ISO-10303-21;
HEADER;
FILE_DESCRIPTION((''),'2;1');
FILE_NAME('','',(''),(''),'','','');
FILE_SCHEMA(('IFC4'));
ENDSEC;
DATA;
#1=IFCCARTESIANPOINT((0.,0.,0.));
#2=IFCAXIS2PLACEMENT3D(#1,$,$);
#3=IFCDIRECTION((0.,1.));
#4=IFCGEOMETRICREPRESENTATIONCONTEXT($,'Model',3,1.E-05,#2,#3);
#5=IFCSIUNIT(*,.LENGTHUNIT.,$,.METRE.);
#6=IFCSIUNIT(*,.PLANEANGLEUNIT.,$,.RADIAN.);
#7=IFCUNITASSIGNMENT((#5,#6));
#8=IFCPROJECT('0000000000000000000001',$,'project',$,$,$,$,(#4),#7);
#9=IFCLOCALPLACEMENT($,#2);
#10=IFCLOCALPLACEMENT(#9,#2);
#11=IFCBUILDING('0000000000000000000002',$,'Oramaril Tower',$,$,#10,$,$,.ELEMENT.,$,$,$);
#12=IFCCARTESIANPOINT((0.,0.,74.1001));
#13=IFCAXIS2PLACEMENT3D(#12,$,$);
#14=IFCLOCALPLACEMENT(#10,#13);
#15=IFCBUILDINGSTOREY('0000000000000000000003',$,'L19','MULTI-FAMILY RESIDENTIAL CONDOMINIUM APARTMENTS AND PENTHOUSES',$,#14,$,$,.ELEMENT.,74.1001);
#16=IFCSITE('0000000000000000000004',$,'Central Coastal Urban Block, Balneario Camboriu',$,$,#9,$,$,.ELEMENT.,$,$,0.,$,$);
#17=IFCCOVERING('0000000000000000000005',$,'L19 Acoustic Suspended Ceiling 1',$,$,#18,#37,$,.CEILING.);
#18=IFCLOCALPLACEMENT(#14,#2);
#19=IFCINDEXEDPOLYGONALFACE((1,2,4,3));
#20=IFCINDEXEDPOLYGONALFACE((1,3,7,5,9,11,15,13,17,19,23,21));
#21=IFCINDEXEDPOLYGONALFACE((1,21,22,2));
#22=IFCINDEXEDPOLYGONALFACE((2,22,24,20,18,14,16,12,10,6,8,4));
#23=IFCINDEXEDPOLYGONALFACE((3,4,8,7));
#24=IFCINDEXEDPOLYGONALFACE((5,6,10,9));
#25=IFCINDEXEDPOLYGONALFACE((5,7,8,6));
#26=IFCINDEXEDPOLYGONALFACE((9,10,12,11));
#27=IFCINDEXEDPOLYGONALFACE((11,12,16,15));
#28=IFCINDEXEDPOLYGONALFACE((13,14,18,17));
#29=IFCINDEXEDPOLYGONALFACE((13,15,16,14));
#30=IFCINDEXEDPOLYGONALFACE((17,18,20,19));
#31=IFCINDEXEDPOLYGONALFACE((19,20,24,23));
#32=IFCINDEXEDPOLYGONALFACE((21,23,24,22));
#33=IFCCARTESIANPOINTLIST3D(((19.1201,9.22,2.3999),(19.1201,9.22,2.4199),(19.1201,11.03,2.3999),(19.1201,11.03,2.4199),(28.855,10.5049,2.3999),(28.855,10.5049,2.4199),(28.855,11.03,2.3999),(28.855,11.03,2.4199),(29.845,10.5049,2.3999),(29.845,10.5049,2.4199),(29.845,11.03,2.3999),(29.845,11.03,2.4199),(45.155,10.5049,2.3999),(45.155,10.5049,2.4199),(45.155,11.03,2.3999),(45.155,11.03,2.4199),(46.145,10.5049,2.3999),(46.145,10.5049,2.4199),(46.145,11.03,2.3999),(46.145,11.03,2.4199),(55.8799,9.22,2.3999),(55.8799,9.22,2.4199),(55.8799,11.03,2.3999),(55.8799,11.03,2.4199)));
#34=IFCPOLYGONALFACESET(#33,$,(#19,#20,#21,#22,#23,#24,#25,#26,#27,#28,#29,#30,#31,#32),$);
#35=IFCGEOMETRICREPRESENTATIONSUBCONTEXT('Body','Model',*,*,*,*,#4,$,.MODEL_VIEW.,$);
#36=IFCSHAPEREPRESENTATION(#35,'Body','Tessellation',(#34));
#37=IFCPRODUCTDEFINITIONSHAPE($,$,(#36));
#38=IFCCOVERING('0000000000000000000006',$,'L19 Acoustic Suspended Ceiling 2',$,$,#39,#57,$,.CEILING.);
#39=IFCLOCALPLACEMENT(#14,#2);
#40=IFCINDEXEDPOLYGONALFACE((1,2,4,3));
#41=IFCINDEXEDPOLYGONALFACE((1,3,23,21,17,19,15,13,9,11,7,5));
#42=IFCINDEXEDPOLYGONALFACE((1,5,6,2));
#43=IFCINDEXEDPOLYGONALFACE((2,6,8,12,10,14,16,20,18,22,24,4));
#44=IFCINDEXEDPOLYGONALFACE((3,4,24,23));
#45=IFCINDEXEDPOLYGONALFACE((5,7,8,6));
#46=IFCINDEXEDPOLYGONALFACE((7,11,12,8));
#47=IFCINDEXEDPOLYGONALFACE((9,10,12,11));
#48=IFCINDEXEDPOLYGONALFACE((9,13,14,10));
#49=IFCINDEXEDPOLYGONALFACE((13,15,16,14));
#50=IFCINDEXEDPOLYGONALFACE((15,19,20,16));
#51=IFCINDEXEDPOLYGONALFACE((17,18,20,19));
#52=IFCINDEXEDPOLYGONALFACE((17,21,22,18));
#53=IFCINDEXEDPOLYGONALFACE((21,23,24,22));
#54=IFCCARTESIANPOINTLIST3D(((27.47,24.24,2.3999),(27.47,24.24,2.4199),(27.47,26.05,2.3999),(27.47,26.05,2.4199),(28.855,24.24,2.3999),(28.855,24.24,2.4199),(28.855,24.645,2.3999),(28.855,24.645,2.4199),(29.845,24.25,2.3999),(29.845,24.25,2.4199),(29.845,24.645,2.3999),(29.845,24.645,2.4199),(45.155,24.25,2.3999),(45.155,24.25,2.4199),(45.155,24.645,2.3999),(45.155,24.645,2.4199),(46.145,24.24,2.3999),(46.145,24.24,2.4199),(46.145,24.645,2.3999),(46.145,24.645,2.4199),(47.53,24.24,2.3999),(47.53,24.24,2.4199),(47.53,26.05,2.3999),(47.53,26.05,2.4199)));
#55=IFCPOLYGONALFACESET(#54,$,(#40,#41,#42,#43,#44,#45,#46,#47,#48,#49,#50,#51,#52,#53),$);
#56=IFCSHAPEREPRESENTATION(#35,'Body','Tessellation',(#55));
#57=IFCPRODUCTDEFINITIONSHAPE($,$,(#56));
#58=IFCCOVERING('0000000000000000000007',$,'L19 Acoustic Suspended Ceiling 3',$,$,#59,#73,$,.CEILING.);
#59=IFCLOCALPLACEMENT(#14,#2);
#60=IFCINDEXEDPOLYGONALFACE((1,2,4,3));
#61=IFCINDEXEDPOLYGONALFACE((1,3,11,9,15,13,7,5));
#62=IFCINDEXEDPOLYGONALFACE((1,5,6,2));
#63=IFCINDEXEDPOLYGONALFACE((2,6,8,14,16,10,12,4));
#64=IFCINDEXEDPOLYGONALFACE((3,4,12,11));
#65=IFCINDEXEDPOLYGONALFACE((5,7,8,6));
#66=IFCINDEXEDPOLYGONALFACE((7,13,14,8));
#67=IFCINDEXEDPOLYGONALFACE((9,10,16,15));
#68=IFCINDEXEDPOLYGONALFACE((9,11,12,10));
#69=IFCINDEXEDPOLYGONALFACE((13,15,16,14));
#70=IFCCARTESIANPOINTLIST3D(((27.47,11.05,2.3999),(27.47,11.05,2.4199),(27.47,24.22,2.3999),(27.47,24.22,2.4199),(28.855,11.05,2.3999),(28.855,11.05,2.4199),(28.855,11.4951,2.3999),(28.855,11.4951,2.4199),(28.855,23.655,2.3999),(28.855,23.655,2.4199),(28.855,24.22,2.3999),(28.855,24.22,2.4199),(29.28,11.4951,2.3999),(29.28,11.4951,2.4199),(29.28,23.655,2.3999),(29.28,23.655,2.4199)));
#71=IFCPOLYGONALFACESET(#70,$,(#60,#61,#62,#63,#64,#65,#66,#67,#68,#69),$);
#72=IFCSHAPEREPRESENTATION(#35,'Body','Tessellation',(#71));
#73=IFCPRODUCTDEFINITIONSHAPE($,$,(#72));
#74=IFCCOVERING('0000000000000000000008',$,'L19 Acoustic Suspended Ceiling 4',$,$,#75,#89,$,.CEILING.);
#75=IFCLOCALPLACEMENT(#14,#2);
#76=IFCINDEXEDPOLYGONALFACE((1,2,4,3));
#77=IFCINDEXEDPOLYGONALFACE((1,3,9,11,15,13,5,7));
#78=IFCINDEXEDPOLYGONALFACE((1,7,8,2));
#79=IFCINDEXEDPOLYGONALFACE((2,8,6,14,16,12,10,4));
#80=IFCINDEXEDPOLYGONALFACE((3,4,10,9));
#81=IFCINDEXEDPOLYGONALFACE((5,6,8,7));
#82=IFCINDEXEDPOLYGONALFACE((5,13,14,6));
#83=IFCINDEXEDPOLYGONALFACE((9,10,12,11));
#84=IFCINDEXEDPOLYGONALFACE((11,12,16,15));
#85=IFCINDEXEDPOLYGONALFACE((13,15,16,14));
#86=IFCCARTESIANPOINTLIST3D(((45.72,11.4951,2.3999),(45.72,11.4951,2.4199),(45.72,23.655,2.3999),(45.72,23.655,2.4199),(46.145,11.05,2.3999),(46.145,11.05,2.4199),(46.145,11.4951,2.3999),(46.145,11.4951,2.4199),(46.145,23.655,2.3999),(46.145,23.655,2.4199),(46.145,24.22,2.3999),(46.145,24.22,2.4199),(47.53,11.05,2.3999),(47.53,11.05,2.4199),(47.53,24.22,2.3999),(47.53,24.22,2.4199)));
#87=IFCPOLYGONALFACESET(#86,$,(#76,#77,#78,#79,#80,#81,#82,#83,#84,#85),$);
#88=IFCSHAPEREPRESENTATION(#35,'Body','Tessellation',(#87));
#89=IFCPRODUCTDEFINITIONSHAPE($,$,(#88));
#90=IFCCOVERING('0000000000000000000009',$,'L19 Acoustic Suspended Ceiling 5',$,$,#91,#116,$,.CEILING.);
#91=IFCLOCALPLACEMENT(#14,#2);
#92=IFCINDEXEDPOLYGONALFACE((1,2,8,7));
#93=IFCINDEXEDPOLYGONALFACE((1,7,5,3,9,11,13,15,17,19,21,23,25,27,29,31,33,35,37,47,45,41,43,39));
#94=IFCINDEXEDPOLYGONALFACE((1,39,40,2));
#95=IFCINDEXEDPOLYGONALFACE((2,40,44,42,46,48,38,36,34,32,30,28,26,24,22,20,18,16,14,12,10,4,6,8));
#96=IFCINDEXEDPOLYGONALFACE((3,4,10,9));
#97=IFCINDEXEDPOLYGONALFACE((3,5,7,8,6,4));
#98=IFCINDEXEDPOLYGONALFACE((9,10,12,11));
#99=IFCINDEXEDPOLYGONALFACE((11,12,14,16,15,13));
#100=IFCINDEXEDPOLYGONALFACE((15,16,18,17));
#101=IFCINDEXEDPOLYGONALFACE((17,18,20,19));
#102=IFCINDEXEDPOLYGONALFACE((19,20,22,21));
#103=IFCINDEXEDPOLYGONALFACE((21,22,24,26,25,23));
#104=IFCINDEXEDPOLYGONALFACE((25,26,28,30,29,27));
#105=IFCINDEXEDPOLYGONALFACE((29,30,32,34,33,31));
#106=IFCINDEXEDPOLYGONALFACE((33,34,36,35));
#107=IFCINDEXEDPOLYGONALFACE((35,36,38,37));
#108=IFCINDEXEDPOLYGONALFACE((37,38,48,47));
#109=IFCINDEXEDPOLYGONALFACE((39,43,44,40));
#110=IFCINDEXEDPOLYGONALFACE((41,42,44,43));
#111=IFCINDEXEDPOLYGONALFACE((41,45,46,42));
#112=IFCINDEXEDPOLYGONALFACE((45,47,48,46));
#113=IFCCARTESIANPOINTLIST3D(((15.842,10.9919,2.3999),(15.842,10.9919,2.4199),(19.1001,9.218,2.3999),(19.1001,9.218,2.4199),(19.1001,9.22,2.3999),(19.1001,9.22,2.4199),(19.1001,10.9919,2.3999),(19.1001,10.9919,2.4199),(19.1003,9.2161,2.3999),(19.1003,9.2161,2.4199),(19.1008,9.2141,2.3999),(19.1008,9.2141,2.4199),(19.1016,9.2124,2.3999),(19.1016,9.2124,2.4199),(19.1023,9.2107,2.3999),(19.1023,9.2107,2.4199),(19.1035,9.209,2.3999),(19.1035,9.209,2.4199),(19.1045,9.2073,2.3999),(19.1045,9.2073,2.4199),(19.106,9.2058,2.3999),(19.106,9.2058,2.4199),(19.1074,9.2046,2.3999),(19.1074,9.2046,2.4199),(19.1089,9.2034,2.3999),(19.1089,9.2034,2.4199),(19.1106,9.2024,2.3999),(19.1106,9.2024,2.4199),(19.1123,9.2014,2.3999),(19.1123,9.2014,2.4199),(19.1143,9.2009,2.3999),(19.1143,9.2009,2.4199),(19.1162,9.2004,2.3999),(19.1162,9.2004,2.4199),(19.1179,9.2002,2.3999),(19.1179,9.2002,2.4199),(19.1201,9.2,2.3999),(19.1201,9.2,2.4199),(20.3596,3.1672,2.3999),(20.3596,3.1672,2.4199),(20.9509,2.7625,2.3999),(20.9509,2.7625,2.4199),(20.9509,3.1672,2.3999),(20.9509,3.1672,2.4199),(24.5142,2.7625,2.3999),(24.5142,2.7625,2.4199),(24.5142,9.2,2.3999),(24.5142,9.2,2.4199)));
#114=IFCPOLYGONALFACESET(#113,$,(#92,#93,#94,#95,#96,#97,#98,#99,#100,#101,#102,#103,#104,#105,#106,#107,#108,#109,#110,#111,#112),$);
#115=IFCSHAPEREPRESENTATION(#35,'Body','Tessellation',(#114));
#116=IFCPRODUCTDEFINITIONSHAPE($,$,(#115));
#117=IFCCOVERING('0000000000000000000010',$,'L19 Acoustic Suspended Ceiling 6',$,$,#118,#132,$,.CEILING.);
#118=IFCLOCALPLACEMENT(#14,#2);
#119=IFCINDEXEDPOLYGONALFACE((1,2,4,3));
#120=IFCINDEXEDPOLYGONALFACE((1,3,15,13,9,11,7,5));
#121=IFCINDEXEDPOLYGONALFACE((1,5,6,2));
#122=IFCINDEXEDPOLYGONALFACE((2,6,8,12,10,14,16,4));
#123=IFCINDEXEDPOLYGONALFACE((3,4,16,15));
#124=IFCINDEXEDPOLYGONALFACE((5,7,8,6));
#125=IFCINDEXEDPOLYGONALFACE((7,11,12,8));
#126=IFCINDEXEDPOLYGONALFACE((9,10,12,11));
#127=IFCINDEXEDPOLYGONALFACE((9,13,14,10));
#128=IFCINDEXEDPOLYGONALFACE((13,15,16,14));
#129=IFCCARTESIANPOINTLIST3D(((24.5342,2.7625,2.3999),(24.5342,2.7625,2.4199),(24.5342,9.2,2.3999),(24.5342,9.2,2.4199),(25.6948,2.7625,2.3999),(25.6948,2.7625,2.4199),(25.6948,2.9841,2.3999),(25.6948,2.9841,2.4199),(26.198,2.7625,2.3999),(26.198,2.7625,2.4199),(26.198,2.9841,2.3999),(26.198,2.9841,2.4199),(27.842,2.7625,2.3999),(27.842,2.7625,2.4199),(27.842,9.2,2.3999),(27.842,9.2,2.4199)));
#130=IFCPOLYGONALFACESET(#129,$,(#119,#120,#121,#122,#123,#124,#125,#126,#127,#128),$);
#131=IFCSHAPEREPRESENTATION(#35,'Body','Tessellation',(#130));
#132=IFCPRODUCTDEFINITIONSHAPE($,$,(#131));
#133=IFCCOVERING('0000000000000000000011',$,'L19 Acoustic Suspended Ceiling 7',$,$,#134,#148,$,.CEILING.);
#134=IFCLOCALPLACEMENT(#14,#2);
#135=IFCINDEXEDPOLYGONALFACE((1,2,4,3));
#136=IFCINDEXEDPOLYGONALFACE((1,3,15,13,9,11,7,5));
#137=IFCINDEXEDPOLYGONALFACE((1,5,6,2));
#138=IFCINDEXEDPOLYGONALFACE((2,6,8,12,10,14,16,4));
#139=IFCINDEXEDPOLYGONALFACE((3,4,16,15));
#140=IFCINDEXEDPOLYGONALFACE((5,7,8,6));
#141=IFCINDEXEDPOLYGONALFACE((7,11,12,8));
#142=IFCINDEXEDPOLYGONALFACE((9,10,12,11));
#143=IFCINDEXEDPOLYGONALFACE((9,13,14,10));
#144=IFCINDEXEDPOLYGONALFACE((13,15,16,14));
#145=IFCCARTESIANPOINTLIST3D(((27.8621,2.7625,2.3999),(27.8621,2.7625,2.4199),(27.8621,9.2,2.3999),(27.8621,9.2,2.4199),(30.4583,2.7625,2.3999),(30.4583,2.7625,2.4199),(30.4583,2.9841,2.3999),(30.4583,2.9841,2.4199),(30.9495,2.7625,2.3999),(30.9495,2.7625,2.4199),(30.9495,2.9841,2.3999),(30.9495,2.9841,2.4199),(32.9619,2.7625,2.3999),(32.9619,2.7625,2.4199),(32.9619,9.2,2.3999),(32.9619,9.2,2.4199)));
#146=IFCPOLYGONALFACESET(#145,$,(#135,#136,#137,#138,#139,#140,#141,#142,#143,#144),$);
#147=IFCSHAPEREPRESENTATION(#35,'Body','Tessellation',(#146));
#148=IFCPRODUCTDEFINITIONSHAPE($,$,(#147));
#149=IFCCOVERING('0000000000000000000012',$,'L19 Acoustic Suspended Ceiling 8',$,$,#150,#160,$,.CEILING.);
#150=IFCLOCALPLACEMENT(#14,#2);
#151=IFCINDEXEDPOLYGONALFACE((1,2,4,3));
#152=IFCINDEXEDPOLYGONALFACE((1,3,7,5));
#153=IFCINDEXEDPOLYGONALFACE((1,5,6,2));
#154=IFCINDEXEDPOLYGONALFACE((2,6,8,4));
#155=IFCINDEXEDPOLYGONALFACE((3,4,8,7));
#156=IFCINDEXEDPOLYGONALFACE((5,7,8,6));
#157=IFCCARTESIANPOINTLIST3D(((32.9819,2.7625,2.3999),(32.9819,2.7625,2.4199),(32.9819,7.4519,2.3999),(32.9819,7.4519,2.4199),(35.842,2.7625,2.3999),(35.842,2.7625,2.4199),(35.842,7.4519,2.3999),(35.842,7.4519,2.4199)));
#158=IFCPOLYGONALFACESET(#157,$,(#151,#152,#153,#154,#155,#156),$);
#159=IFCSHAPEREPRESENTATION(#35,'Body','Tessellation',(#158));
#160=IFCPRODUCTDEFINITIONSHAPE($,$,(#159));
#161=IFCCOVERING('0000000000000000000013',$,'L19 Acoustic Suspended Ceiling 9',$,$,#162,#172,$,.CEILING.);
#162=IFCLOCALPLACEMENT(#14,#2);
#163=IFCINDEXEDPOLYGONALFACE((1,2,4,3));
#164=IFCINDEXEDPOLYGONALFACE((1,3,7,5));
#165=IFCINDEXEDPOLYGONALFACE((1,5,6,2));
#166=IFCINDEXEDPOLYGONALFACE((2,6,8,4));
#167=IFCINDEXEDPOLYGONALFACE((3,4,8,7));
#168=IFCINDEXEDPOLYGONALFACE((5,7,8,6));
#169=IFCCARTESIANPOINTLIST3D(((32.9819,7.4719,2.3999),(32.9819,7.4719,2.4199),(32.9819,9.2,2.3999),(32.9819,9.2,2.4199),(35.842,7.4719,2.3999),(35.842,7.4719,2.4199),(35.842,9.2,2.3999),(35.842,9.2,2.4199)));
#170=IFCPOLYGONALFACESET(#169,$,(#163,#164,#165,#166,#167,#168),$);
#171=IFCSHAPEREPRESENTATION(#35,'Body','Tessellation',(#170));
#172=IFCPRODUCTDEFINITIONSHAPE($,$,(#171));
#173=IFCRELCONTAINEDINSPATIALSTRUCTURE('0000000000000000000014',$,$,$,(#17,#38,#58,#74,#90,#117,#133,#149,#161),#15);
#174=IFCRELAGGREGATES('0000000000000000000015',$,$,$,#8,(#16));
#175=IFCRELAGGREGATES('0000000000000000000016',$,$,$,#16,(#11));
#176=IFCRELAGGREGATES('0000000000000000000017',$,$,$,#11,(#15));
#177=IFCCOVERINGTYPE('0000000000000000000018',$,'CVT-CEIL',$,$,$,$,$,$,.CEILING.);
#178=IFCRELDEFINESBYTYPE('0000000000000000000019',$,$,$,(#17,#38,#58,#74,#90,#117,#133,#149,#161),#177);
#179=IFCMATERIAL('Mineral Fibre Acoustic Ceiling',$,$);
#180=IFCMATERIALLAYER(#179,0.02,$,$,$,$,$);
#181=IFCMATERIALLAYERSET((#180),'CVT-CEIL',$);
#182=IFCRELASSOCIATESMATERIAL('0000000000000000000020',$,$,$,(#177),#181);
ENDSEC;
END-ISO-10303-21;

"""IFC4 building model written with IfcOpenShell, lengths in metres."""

from ifc_helpers import new_model, si_unit, direction, frame, origin, place, context, subcontext, project, spatial, polyline, outline, extrude, material, layer, layer_set, type_object, element, save


model = new_model("IFC4")

# Units and contexts
model_context = context("Model", 3, precision=1e-05, world=origin(), true_north=direction((0.0, 1.0)))
body_context = subcontext(model_context, "Body", "Model", "MODEL_VIEW")
ifc_project = project(units=[si_unit("LENGTHUNIT", "METRE"), si_unit("PLANEANGLEUNIT", "RADIAN")], contexts=[model_context])

# Site, building, storey
site_placement = place(None, origin())
site = spatial("IfcSite", under=ifc_project, at=site_placement, Name="Central Coastal Urban Block, Balneario Camboriu", CompositionType="ELEMENT", RefElevation=0.0)
building_placement = place(site_placement, origin())
building = spatial("IfcBuilding", under=site, at=building_placement, Name="Oramaril Tower", CompositionType="ELEMENT")
storey_placement = place(building_placement, frame((0.0, 0.0, 74.1001)))
storey = spatial("IfcBuildingStorey", under=building, at=storey_placement, Name="L19", Description="MULTI-FAMILY RESIDENTIAL CONDOMINIUM APARTMENTS AND PENTHOUSES", CompositionType="ELEMENT", Elevation=74.1001)

# Coverings
ifc_material_1 = material(Name="Mineral Fibre Acoustic Ceiling")
ifc_layer_1 = layer(ifc_material_1, 0.02)
ifc_layer_set_1 = layer_set([ifc_layer_1], Name="CVT-CEIL")
covering_type_1 = type_object("IfcCoveringType", Name="CVT-CEIL", PredefinedType="CEILING", material=ifc_layer_set_1)
covering_1_placement = place(storey_placement, frame((0.0, 0.0, 2.3999)))
element("IfcCovering", 1, at=covering_1_placement, inside=storey, type_object=covering_type_1, Name="L19 Acoustic Suspended Ceiling 1", PredefinedType="CEILING", context=body_context, shape_type="SweptSolid", body=[
    extrude(outline(polyline([(28.855, 10.5049), (29.845, 10.5049), (29.845, 11.03), (45.155, 11.03), (45.155, 10.5049), (46.145, 10.5049), (46.145, 11.03), (55.8799, 11.03), (55.8799, 9.22), (19.1201, 9.22), (19.1201, 11.03), (28.855, 11.03), (28.855, 10.5049)])), origin(), (0.0, 0.0, 1.0), 0.02),
])
covering_2_placement = place(storey_placement, frame((0.0, 0.0, 2.3999)))
element("IfcCovering", 2, at=covering_2_placement, inside=storey, type_object=covering_type_1, Name="L19 Acoustic Suspended Ceiling 2", PredefinedType="CEILING", context=body_context, shape_type="SweptSolid", body=[
    extrude(outline(polyline([(47.53, 24.24), (46.145, 24.24), (46.145, 24.645), (45.155, 24.645), (45.155, 24.25), (29.845, 24.25), (29.845, 24.645), (28.855, 24.645), (28.855, 24.24), (27.47, 24.24), (27.47, 26.05), (47.53, 26.05), (47.53, 24.24)])), origin(), (0.0, 0.0, 1.0), 0.02),
])
covering_3_placement = place(storey_placement, frame((0.0, 0.0, 2.3999)))
element("IfcCovering", 3, at=covering_3_placement, inside=storey, type_object=covering_type_1, Name="L19 Acoustic Suspended Ceiling 3", PredefinedType="CEILING", context=body_context, shape_type="SweptSolid", body=[
    extrude(outline(polyline([(28.855, 23.655), (29.28, 23.655), (29.28, 11.4951), (28.855, 11.4951), (28.855, 11.05), (27.47, 11.05), (27.47, 24.22), (28.855, 24.22), (28.855, 23.655)])), origin(), (0.0, 0.0, 1.0), 0.02),
])
covering_4_placement = place(storey_placement, frame((0.0, 0.0, 2.3999)))
element("IfcCovering", 4, at=covering_4_placement, inside=storey, type_object=covering_type_1, Name="L19 Acoustic Suspended Ceiling 4", PredefinedType="CEILING", context=body_context, shape_type="SweptSolid", body=[
    extrude(outline(polyline([(47.53, 11.05), (46.145, 11.05), (46.145, 11.4951), (45.72, 11.4951), (45.72, 23.655), (46.145, 23.655), (46.145, 24.22), (47.53, 24.22), (47.53, 11.05)])), origin(), (0.0, 0.0, 1.0), 0.02),
])
covering_5_placement = place(storey_placement, frame((0.0, 0.0, 2.3999)))
element("IfcCovering", 5, at=covering_5_placement, inside=storey, type_object=covering_type_1, Name="L19 Acoustic Suspended Ceiling 5", PredefinedType="CEILING", context=body_context, shape_type="SweptSolid", body=[
    extrude(outline(polyline([(24.5142, 2.7625), (20.9509, 2.7625), (20.9509, 3.1672), (20.3596, 3.1672), (15.842, 10.9919), (19.1001, 10.9919), (19.1001, 9.22), (19.1001, 9.218), (19.1003, 9.2161), (19.1008, 9.2141), (19.1016, 9.2124), (19.1023, 9.2107), (19.1035, 9.209), (19.1045, 9.2073), (19.106, 9.2058), (19.1074, 9.2046), (19.1089, 9.2034), (19.1106, 9.2024), (19.1123, 9.2014), (19.1143, 9.2009), (19.1162, 9.2004), (19.1179, 9.2002), (19.1201, 9.2), (24.5142, 9.2), (24.5142, 2.7625)])), origin(), (0.0, 0.0, 1.0), 0.02),
])
covering_6_placement = place(storey_placement, frame((0.0, 0.0, 2.3999)))
element("IfcCovering", 6, at=covering_6_placement, inside=storey, type_object=covering_type_1, Name="L19 Acoustic Suspended Ceiling 6", PredefinedType="CEILING", context=body_context, shape_type="SweptSolid", body=[
    extrude(outline(polyline([(26.198, 2.7625), (26.198, 2.9841), (25.6948, 2.9841), (25.6948, 2.7625), (24.5342, 2.7625), (24.5342, 9.2), (27.842, 9.2), (27.842, 2.7625), (26.198, 2.7625)])), origin(), (0.0, 0.0, 1.0), 0.02),
])
covering_7_placement = place(storey_placement, frame((0.0, 0.0, 2.3999)))
element("IfcCovering", 7, at=covering_7_placement, inside=storey, type_object=covering_type_1, Name="L19 Acoustic Suspended Ceiling 7", PredefinedType="CEILING", context=body_context, shape_type="SweptSolid", body=[
    extrude(outline(polyline([(32.9619, 2.7625), (30.9495, 2.7625), (30.9495, 2.9841), (30.4583, 2.9841), (30.4583, 2.7625), (27.8621, 2.7625), (27.8621, 9.2), (32.9619, 9.2), (32.9619, 2.7625)])), origin(), (0.0, 0.0, 1.0), 0.02),
])
covering_8_placement = place(storey_placement, frame((0.0, 0.0, 2.3999)))
element("IfcCovering", 8, at=covering_8_placement, inside=storey, type_object=covering_type_1, Name="L19 Acoustic Suspended Ceiling 8", PredefinedType="CEILING", context=body_context, shape_type="SweptSolid", body=[
    extrude(outline(polyline([(35.842, 7.4519), (35.842, 2.7625), (32.9819, 2.7625), (32.9819, 7.4519), (35.842, 7.4519)])), origin(), (0.0, 0.0, 1.0), 0.02),
])
covering_9_placement = place(storey_placement, frame((0.0, 0.0, 2.3999)))
element("IfcCovering", 9, at=covering_9_placement, inside=storey, type_object=covering_type_1, Name="L19 Acoustic Suspended Ceiling 9", PredefinedType="CEILING", context=body_context, shape_type="SweptSolid", body=[
    extrude(outline(polyline([(35.842, 7.4719), (32.9819, 7.4719), (32.9819, 9.2), (35.842, 9.2), (35.842, 7.4719)])), origin(), (0.0, 0.0, 1.0), 0.02),
])

save(model, "model.ifc")
